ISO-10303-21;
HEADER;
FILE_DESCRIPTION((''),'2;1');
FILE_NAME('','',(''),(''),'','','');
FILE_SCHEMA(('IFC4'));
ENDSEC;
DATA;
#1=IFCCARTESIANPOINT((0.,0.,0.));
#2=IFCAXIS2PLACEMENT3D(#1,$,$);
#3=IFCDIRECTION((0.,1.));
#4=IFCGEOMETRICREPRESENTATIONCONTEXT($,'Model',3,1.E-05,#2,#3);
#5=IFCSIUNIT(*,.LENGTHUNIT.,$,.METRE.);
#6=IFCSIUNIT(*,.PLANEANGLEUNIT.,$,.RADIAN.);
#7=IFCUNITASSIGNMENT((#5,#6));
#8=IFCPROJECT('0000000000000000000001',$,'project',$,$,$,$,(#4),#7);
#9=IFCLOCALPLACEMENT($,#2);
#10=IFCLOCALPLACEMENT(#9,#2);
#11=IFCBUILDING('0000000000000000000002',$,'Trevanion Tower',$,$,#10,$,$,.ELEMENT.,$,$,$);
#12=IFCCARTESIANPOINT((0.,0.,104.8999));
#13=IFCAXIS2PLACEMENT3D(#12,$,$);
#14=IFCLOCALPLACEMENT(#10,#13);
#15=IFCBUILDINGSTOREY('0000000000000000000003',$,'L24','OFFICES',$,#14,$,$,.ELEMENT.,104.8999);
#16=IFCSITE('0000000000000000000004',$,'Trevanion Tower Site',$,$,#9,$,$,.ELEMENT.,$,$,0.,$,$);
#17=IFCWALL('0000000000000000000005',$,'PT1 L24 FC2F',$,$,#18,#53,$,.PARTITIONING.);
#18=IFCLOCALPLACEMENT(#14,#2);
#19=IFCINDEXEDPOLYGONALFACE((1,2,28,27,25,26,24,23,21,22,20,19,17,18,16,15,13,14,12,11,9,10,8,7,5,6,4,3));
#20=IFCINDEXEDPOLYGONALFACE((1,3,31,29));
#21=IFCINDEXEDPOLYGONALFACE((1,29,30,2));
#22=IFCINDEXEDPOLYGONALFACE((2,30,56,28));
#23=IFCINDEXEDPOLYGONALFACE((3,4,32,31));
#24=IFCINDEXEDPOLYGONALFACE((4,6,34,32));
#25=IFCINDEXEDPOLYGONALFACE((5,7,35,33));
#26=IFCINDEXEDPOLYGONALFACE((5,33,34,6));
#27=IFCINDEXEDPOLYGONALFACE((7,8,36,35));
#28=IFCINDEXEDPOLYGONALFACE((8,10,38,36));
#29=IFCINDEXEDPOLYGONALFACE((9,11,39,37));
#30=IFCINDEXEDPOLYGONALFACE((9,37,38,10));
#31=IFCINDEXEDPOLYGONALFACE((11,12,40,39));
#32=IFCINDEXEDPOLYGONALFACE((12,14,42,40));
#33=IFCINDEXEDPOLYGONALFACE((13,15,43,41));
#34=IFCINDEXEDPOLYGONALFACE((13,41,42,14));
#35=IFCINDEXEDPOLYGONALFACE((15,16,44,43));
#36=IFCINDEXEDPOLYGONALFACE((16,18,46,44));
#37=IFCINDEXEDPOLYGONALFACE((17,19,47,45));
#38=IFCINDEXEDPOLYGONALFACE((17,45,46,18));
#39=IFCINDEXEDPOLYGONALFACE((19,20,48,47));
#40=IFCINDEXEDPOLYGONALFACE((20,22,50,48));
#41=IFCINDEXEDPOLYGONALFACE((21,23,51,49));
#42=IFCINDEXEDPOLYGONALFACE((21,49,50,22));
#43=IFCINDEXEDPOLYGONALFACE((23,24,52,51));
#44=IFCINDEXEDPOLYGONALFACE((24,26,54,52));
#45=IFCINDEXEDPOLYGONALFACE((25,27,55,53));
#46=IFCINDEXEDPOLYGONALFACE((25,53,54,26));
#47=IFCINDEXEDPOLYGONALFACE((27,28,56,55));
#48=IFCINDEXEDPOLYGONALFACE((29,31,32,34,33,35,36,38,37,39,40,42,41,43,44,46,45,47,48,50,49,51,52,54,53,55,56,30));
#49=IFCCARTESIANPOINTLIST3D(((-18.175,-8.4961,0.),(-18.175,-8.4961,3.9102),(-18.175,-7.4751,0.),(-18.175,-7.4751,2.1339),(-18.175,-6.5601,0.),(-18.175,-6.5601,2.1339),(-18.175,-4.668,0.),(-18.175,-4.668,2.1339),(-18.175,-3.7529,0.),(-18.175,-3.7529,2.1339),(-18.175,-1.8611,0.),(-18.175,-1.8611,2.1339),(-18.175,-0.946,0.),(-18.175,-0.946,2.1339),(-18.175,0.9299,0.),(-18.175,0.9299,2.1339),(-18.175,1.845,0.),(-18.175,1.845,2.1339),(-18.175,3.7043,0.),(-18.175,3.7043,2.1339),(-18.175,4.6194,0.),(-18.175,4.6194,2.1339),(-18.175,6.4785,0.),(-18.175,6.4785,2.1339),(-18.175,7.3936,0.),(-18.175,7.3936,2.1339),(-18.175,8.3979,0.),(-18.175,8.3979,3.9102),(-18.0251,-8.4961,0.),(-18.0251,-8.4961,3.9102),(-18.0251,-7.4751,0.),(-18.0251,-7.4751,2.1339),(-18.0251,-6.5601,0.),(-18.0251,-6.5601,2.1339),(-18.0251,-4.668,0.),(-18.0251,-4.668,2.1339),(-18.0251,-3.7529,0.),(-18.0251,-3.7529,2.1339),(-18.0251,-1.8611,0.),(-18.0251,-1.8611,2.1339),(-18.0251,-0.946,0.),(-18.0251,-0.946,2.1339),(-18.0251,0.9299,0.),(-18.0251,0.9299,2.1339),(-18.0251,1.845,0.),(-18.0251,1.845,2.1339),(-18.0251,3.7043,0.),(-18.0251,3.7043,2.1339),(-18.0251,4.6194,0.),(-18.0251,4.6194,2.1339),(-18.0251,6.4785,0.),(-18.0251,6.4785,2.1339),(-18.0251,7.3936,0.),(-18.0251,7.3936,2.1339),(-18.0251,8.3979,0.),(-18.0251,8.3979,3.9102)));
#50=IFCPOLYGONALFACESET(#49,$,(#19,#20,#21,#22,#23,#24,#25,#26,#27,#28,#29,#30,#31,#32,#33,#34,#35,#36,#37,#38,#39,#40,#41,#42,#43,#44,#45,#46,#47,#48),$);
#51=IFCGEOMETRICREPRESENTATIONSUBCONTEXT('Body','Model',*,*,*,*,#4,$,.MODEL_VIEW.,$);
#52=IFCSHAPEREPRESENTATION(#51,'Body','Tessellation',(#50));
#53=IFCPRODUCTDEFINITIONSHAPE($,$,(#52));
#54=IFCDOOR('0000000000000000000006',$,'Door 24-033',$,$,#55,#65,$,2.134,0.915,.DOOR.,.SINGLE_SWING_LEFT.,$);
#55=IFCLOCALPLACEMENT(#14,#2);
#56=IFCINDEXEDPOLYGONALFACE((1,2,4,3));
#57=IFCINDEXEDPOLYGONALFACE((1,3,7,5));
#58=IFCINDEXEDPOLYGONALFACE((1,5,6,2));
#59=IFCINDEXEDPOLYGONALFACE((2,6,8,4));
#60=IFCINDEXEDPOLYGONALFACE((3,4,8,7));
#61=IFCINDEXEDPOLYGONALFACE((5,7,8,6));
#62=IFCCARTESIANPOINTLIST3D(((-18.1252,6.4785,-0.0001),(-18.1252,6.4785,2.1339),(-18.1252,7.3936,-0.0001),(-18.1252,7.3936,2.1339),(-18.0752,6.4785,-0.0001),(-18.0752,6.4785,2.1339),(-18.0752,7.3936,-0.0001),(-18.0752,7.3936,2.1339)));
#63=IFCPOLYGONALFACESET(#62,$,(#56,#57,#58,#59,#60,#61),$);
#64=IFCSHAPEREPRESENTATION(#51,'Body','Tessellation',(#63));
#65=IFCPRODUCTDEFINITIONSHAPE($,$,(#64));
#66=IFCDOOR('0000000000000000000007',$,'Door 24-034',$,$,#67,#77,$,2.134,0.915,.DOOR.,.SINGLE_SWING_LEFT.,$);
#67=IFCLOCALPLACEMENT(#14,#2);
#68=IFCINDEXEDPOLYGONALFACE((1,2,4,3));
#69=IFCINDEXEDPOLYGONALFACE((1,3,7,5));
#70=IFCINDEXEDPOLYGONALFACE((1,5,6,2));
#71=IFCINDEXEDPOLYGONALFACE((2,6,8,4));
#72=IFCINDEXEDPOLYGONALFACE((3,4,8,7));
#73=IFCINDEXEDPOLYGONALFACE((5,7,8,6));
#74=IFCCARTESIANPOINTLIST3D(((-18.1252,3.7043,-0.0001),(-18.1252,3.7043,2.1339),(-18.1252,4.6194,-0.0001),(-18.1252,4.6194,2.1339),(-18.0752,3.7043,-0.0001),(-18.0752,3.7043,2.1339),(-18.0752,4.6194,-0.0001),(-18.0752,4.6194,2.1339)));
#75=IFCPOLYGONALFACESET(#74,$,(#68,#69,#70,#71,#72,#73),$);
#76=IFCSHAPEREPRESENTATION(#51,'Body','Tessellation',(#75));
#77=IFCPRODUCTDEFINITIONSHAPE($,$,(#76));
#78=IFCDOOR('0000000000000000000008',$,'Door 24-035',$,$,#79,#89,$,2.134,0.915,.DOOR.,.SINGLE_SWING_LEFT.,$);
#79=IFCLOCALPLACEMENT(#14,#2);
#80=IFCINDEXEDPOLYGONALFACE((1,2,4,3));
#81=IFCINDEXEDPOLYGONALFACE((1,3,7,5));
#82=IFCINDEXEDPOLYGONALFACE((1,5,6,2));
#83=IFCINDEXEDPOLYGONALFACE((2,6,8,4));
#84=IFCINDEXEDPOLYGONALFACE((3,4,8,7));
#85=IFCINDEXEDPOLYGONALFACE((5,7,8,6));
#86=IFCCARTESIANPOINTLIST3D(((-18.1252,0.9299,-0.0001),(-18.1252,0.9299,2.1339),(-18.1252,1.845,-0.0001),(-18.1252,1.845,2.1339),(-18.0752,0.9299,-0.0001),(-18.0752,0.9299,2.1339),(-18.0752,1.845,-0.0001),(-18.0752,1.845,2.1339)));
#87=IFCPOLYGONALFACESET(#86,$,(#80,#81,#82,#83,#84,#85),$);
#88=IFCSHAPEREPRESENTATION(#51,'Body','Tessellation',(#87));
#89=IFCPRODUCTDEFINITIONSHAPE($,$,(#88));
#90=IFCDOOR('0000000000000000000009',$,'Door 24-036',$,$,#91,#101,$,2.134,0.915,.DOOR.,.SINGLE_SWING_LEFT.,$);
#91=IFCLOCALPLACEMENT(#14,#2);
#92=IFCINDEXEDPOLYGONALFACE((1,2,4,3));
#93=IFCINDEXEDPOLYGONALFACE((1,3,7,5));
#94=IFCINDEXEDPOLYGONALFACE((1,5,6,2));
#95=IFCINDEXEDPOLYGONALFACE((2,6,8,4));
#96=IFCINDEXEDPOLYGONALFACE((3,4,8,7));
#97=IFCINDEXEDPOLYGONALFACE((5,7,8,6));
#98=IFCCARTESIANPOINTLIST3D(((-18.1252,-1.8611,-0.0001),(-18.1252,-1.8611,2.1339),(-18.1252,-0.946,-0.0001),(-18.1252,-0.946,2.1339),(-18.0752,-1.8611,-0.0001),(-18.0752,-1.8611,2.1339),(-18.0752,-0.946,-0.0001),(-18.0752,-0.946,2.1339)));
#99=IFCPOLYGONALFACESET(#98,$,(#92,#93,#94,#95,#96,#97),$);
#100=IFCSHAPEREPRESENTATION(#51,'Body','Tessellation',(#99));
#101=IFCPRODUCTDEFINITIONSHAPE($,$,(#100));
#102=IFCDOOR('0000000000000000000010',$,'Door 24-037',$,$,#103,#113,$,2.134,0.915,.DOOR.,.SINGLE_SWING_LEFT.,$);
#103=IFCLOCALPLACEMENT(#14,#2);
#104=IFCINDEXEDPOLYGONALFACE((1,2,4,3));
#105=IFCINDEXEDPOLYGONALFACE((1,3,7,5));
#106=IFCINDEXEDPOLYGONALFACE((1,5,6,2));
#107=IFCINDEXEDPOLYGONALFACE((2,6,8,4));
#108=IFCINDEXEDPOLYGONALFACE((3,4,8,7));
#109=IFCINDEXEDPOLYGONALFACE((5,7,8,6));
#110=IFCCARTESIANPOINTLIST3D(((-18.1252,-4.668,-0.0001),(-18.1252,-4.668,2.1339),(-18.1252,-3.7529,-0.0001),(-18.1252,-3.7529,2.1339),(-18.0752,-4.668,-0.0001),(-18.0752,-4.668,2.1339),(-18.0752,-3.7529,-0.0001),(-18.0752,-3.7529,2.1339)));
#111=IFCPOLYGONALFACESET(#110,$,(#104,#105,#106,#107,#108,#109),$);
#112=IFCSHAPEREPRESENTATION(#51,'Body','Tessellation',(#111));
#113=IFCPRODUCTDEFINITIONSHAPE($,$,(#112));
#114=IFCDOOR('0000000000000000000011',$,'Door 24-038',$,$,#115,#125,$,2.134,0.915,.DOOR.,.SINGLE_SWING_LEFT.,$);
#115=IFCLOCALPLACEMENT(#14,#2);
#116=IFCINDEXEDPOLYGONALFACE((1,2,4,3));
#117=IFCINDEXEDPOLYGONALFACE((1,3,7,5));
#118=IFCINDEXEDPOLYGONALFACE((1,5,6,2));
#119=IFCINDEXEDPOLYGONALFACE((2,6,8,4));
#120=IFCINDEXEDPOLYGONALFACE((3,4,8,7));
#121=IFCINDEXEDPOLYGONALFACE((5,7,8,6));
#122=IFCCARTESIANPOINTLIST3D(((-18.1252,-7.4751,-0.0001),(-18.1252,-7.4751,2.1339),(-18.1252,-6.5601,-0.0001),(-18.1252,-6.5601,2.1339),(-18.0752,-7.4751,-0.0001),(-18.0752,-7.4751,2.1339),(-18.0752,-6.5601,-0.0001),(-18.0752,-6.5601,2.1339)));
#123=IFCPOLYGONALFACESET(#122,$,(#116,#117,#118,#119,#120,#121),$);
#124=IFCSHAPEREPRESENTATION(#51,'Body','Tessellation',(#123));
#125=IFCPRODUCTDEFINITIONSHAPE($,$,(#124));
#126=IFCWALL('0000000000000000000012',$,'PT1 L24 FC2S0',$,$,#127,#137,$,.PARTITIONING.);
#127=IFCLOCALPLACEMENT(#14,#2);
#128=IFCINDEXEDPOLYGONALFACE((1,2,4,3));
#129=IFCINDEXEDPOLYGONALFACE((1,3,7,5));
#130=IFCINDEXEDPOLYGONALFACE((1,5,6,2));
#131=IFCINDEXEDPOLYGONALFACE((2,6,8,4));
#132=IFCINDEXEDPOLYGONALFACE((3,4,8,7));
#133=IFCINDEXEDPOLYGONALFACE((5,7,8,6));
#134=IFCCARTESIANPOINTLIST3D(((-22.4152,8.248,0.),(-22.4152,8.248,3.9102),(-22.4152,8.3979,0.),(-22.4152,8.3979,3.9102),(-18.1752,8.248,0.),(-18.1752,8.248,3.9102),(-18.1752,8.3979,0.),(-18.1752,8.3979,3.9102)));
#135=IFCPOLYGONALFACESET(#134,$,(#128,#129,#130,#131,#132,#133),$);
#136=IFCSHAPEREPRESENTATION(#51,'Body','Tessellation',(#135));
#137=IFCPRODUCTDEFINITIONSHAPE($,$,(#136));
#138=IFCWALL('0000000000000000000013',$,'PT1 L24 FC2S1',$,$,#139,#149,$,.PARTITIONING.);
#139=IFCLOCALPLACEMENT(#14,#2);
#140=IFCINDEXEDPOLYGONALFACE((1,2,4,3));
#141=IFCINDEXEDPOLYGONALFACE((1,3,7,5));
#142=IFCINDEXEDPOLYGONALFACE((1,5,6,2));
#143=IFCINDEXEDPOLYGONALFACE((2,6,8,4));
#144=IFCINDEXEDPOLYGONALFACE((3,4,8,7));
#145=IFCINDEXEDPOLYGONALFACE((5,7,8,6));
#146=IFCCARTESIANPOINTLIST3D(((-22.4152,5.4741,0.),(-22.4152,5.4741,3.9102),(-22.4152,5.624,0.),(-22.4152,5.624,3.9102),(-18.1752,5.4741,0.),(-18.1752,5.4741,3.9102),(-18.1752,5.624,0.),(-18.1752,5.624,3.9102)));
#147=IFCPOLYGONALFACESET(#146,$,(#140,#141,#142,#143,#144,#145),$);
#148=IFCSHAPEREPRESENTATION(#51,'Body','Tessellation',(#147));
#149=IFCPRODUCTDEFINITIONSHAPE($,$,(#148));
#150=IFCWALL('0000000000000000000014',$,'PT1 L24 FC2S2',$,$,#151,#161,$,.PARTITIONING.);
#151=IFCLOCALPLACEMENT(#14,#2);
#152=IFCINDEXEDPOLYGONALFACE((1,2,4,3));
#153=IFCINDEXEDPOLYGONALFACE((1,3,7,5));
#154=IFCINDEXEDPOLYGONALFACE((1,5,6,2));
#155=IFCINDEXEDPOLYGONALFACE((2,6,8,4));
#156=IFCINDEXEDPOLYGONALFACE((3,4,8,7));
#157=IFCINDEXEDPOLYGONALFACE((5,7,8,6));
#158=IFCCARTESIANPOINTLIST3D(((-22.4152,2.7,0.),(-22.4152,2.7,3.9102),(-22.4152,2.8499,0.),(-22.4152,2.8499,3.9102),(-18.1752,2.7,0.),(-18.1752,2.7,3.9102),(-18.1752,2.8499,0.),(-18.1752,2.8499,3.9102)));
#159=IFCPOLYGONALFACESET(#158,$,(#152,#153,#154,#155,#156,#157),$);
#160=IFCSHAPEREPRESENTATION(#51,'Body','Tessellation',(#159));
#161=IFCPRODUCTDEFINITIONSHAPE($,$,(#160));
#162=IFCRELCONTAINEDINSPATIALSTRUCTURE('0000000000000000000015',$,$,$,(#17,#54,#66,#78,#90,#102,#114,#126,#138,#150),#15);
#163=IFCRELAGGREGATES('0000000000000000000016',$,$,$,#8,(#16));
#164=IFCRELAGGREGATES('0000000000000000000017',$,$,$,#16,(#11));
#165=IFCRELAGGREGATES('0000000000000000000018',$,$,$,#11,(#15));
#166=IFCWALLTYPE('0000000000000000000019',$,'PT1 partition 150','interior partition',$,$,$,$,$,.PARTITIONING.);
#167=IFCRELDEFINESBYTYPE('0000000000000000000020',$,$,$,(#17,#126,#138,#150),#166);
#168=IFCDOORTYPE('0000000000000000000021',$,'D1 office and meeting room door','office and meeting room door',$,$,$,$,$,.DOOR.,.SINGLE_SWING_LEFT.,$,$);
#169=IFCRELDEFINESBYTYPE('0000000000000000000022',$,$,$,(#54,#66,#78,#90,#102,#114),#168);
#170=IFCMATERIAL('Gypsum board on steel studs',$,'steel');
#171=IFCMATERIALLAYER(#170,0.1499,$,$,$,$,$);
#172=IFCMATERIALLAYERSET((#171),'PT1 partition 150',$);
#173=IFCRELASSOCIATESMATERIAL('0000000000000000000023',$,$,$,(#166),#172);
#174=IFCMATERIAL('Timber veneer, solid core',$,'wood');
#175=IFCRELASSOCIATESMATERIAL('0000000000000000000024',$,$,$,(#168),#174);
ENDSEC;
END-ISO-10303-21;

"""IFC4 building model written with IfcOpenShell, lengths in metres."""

from ifc_helpers import new_model, si_unit, direction, frame, frame_2d, origin, place, context, subcontext, project, spatial, rectangle, extrude, material, layer, layer_set, type_object, element, fill, save


model = new_model("IFC4")

# Units and contexts
model_context = context("Model", 3, precision=1e-05, world=origin(), true_north=direction((0.0, 1.0)))
body_context = subcontext(model_context, "Body", "Model", "MODEL_VIEW")
ifc_project = project(units=[si_unit("LENGTHUNIT", "METRE"), si_unit("PLANEANGLEUNIT", "RADIAN")], contexts=[model_context])

# Site, building, storey
site_placement = place(None, origin())
site = spatial("IfcSite", under=ifc_project, at=site_placement, Name="Trevanion Tower Site", CompositionType="ELEMENT", RefElevation=0.0)
building_placement = place(site_placement, origin())
building = spatial("IfcBuilding", under=site, at=building_placement, Name="Trevanion Tower", CompositionType="ELEMENT")
storey_placement = place(building_placement, frame((0.0, 0.0, 104.8999)))
storey = spatial("IfcBuildingStorey", under=building, at=storey_placement, Name="L24", Description="OFFICES", CompositionType="ELEMENT", Elevation=104.8999)

# Wall, openings, doors
ifc_material_1 = material(Name="Gypsum board on steel studs", Category="steel")
ifc_layer_1 = layer(ifc_material_1, 0.1499)
ifc_layer_set_1 = layer_set([ifc_layer_1], Name="PT1 partition 150")
wall_type = type_object("IfcWallType", Name="PT1 partition 150", Description="interior partition", PredefinedType="PARTITIONING", material=ifc_layer_set_1)
wall_1_placement = place(storey_placement, frame((-18.1001, 8.3979, 0.0), z_axis=(0.0, 0.0, 1.0), x_axis=(0.0, -1.0, 0.0)))
wall_1 = element("IfcWall", 1, at=wall_1_placement, inside=storey, type_object=wall_type, Name="PT1 L24 FC2F", PredefinedType="PARTITIONING", context=body_context, shape_type="SweptSolid", body=[
    extrude(rectangle(XDim=16.894, YDim=0.1499, at=frame_2d((8.447, 0.0))), origin(), (0.0, 0.0, 1.0), 3.9102),
])
opening_1_placement = place(wall_1_placement, frame((1.0044, 0.0, 0.0)))
opening_1 = element("IfcOpeningElement", 2, at=opening_1_placement, cuts=wall_1, PredefinedType="OPENING", context=body_context, shape_type="SweptSolid", body=[
    extrude(rectangle(XDim=0.915, YDim=2.134, at=frame_2d((0.4575, 1.0669))), frame((0.0, 0.085, 0.0), z_axis=(0.0, -1.0, 0.0), x_axis=(1.0, 0.0, 0.0)), (0.0, 0.0, 1.0), 0.1699),
])
opening_2_placement = place(wall_1_placement, frame((3.7786, 0.0, 0.0)))
opening_2 = element("IfcOpeningElement", 3, at=opening_2_placement, cuts=wall_1, PredefinedType="OPENING", context=body_context, shape_type="SweptSolid", body=[
    extrude(rectangle(XDim=0.915, YDim=2.134, at=frame_2d((0.4575, 1.0669))), frame((0.0, 0.085, 0.0), z_axis=(0.0, -1.0, 0.0), x_axis=(1.0, 0.0, 0.0)), (0.0, 0.0, 1.0), 0.1699),
])
opening_3_placement = place(wall_1_placement, frame((6.553, 0.0, 0.0)))
opening_3 = element("IfcOpeningElement", 4, at=opening_3_placement, cuts=wall_1, PredefinedType="OPENING", context=body_context, shape_type="SweptSolid", body=[
    extrude(rectangle(XDim=0.915, YDim=2.134, at=frame_2d((0.4575, 1.0669))), frame((0.0, 0.085, 0.0), z_axis=(0.0, -1.0, 0.0), x_axis=(1.0, 0.0, 0.0)), (0.0, 0.0, 1.0), 0.1699),
])
opening_4_placement = place(wall_1_placement, frame((9.344, 0.0, 0.0)))
opening_4 = element("IfcOpeningElement", 5, at=opening_4_placement, cuts=wall_1, PredefinedType="OPENING", context=body_context, shape_type="SweptSolid", body=[
    extrude(rectangle(XDim=0.915, YDim=2.134, at=frame_2d((0.4575, 1.0669))), frame((0.0, 0.085, 0.0), z_axis=(0.0, -1.0, 0.0), x_axis=(1.0, 0.0, 0.0)), (0.0, 0.0, 1.0), 0.1699),
])
opening_5_placement = place(wall_1_placement, frame((12.1509, 0.0, 0.0)))
opening_5 = element("IfcOpeningElement", 6, at=opening_5_placement, cuts=wall_1, PredefinedType="OPENING", context=body_context, shape_type="SweptSolid", body=[
    extrude(rectangle(XDim=0.915, YDim=2.134, at=frame_2d((0.4575, 1.0669))), frame((0.0, 0.085, 0.0), z_axis=(0.0, -1.0, 0.0), x_axis=(1.0, 0.0, 0.0)), (0.0, 0.0, 1.0), 0.1699),
])
opening_6_placement = place(wall_1_placement, frame((14.958, 0.0, 0.0)))
opening_6 = element("IfcOpeningElement", 7, at=opening_6_placement, cuts=wall_1, PredefinedType="OPENING", context=body_context, shape_type="SweptSolid", body=[
    extrude(rectangle(XDim=0.915, YDim=2.134, at=frame_2d((0.4575, 1.0669))), frame((0.0, 0.085, 0.0), z_axis=(0.0, -1.0, 0.0), x_axis=(1.0, 0.0, 0.0)), (0.0, 0.0, 1.0), 0.1699),
])
ifc_material_2 = material(Name="Timber veneer, solid core", Category="wood")
door_type = type_object("IfcDoorType", Name="D1 office and meeting room door", Description="office and meeting room door", OperationType="SINGLE_SWING_LEFT", PredefinedType="DOOR", material=ifc_material_2)
door_1_placement = place(opening_1_placement, origin())
door_1 = element("IfcDoor", 8, at=door_1_placement, inside=storey, type_object=door_type, Name="Door 24-033", OperationType="SINGLE_SWING_LEFT", OverallHeight=2.134, OverallWidth=0.915, PredefinedType="DOOR", context=body_context, shape_type="SweptSolid", body=[
    extrude(rectangle(XDim=0.915, YDim=2.134, at=frame_2d((0.4575, 1.0669))), frame((0.0, 0.0249, 0.0), z_axis=(0.0, -1.0, 0.0), x_axis=(1.0, 0.0, 0.0)), (0.0, 0.0, 1.0), 0.05),
])
fill(opening_1, door_1)
door_2_placement = place(opening_2_placement, origin())
door_2 = element("IfcDoor", 9, at=door_2_placement, inside=storey, type_object=door_type, Name="Door 24-034", OperationType="SINGLE_SWING_LEFT", OverallHeight=2.134, OverallWidth=0.915, PredefinedType="DOOR", context=body_context, shape_type="SweptSolid", body=[
    extrude(rectangle(XDim=0.915, YDim=2.134, at=frame_2d((0.4575, 1.0669))), frame((0.0, 0.0249, 0.0), z_axis=(0.0, -1.0, 0.0), x_axis=(1.0, 0.0, 0.0)), (0.0, 0.0, 1.0), 0.05),
])
fill(opening_2, door_2)
door_3_placement = place(opening_3_placement, origin())
door_3 = element("IfcDoor", 10, at=door_3_placement, inside=storey, type_object=door_type, Name="Door 24-035", OperationType="SINGLE_SWING_LEFT", OverallHeight=2.134, OverallWidth=0.915, PredefinedType="DOOR", context=body_context, shape_type="SweptSolid", body=[
    extrude(rectangle(XDim=0.915, YDim=2.134, at=frame_2d((0.4575, 1.0669))), frame((0.0, 0.0249, 0.0), z_axis=(0.0, -1.0, 0.0), x_axis=(1.0, 0.0, 0.0)), (0.0, 0.0, 1.0), 0.05),
])
fill(opening_3, door_3)
door_4_placement = place(opening_4_placement, origin())
door_4 = element("IfcDoor", 11, at=door_4_placement, inside=storey, type_object=door_type, Name="Door 24-036", OperationType="SINGLE_SWING_LEFT", OverallHeight=2.134, OverallWidth=0.915, PredefinedType="DOOR", context=body_context, shape_type="SweptSolid", body=[
    extrude(rectangle(XDim=0.915, YDim=2.134, at=frame_2d((0.4575, 1.0669))), frame((0.0, 0.0249, 0.0), z_axis=(0.0, -1.0, 0.0), x_axis=(1.0, 0.0, 0.0)), (0.0, 0.0, 1.0), 0.05),
])
fill(opening_4, door_4)
door_5_placement = place(opening_5_placement, origin())
door_5 = element("IfcDoor", 12, at=door_5_placement, inside=storey, type_object=door_type, Name="Door 24-037", OperationType="SINGLE_SWING_LEFT", OverallHeight=2.134, OverallWidth=0.915, PredefinedType="DOOR", context=body_context, shape_type="SweptSolid", body=[
    extrude(rectangle(XDim=0.915, YDim=2.134, at=frame_2d((0.4575, 1.0669))), frame((0.0, 0.0249, 0.0), z_axis=(0.0, -1.0, 0.0), x_axis=(1.0, 0.0, 0.0)), (0.0, 0.0, 1.0), 0.05),
])
fill(opening_5, door_5)
door_6_placement = place(opening_6_placement, origin())
door_6 = element("IfcDoor", 13, at=door_6_placement, inside=storey, type_object=door_type, Name="Door 24-038", OperationType="SINGLE_SWING_LEFT", OverallHeight=2.134, OverallWidth=0.915, PredefinedType="DOOR", context=body_context, shape_type="SweptSolid", body=[
    extrude(rectangle(XDim=0.915, YDim=2.134, at=frame_2d((0.4575, 1.0669))), frame((0.0, 0.0249, 0.0), z_axis=(0.0, -1.0, 0.0), x_axis=(1.0, 0.0, 0.0)), (0.0, 0.0, 1.0), 0.05),
])
fill(opening_6, door_6)

# Walls
for number, where, z_axis, x_axis, name in (
    (14, (-18.175, 8.323, 0.0), (0.0, 0.0, 1.0), (-1.0, 0.0, 0.0), "PT1 L24 FC2S0"),
    (15, (-18.175, 5.5491, 0.0), (0.0, 0.0, 1.0), (-1.0, 0.0, 0.0), "PT1 L24 FC2S1"),
    (16, (-18.175, 2.7749, 0.0), (0.0, 0.0, 1.0), (-1.0, 0.0, 0.0), "PT1 L24 FC2S2"),
):
    element("IfcWall", number, at=place(storey_placement, frame(where, z_axis=z_axis, x_axis=x_axis)), inside=storey, type_object=wall_type, Name=name, PredefinedType="PARTITIONING", context=body_context, shape_type="SweptSolid", body=[
        extrude(rectangle(XDim=4.24, YDim=0.1499, at=frame_2d((2.1201, 0.0))), origin(), (0.0, 0.0, 1.0), 3.9102),
    ])

save(model, "model.ifc")
